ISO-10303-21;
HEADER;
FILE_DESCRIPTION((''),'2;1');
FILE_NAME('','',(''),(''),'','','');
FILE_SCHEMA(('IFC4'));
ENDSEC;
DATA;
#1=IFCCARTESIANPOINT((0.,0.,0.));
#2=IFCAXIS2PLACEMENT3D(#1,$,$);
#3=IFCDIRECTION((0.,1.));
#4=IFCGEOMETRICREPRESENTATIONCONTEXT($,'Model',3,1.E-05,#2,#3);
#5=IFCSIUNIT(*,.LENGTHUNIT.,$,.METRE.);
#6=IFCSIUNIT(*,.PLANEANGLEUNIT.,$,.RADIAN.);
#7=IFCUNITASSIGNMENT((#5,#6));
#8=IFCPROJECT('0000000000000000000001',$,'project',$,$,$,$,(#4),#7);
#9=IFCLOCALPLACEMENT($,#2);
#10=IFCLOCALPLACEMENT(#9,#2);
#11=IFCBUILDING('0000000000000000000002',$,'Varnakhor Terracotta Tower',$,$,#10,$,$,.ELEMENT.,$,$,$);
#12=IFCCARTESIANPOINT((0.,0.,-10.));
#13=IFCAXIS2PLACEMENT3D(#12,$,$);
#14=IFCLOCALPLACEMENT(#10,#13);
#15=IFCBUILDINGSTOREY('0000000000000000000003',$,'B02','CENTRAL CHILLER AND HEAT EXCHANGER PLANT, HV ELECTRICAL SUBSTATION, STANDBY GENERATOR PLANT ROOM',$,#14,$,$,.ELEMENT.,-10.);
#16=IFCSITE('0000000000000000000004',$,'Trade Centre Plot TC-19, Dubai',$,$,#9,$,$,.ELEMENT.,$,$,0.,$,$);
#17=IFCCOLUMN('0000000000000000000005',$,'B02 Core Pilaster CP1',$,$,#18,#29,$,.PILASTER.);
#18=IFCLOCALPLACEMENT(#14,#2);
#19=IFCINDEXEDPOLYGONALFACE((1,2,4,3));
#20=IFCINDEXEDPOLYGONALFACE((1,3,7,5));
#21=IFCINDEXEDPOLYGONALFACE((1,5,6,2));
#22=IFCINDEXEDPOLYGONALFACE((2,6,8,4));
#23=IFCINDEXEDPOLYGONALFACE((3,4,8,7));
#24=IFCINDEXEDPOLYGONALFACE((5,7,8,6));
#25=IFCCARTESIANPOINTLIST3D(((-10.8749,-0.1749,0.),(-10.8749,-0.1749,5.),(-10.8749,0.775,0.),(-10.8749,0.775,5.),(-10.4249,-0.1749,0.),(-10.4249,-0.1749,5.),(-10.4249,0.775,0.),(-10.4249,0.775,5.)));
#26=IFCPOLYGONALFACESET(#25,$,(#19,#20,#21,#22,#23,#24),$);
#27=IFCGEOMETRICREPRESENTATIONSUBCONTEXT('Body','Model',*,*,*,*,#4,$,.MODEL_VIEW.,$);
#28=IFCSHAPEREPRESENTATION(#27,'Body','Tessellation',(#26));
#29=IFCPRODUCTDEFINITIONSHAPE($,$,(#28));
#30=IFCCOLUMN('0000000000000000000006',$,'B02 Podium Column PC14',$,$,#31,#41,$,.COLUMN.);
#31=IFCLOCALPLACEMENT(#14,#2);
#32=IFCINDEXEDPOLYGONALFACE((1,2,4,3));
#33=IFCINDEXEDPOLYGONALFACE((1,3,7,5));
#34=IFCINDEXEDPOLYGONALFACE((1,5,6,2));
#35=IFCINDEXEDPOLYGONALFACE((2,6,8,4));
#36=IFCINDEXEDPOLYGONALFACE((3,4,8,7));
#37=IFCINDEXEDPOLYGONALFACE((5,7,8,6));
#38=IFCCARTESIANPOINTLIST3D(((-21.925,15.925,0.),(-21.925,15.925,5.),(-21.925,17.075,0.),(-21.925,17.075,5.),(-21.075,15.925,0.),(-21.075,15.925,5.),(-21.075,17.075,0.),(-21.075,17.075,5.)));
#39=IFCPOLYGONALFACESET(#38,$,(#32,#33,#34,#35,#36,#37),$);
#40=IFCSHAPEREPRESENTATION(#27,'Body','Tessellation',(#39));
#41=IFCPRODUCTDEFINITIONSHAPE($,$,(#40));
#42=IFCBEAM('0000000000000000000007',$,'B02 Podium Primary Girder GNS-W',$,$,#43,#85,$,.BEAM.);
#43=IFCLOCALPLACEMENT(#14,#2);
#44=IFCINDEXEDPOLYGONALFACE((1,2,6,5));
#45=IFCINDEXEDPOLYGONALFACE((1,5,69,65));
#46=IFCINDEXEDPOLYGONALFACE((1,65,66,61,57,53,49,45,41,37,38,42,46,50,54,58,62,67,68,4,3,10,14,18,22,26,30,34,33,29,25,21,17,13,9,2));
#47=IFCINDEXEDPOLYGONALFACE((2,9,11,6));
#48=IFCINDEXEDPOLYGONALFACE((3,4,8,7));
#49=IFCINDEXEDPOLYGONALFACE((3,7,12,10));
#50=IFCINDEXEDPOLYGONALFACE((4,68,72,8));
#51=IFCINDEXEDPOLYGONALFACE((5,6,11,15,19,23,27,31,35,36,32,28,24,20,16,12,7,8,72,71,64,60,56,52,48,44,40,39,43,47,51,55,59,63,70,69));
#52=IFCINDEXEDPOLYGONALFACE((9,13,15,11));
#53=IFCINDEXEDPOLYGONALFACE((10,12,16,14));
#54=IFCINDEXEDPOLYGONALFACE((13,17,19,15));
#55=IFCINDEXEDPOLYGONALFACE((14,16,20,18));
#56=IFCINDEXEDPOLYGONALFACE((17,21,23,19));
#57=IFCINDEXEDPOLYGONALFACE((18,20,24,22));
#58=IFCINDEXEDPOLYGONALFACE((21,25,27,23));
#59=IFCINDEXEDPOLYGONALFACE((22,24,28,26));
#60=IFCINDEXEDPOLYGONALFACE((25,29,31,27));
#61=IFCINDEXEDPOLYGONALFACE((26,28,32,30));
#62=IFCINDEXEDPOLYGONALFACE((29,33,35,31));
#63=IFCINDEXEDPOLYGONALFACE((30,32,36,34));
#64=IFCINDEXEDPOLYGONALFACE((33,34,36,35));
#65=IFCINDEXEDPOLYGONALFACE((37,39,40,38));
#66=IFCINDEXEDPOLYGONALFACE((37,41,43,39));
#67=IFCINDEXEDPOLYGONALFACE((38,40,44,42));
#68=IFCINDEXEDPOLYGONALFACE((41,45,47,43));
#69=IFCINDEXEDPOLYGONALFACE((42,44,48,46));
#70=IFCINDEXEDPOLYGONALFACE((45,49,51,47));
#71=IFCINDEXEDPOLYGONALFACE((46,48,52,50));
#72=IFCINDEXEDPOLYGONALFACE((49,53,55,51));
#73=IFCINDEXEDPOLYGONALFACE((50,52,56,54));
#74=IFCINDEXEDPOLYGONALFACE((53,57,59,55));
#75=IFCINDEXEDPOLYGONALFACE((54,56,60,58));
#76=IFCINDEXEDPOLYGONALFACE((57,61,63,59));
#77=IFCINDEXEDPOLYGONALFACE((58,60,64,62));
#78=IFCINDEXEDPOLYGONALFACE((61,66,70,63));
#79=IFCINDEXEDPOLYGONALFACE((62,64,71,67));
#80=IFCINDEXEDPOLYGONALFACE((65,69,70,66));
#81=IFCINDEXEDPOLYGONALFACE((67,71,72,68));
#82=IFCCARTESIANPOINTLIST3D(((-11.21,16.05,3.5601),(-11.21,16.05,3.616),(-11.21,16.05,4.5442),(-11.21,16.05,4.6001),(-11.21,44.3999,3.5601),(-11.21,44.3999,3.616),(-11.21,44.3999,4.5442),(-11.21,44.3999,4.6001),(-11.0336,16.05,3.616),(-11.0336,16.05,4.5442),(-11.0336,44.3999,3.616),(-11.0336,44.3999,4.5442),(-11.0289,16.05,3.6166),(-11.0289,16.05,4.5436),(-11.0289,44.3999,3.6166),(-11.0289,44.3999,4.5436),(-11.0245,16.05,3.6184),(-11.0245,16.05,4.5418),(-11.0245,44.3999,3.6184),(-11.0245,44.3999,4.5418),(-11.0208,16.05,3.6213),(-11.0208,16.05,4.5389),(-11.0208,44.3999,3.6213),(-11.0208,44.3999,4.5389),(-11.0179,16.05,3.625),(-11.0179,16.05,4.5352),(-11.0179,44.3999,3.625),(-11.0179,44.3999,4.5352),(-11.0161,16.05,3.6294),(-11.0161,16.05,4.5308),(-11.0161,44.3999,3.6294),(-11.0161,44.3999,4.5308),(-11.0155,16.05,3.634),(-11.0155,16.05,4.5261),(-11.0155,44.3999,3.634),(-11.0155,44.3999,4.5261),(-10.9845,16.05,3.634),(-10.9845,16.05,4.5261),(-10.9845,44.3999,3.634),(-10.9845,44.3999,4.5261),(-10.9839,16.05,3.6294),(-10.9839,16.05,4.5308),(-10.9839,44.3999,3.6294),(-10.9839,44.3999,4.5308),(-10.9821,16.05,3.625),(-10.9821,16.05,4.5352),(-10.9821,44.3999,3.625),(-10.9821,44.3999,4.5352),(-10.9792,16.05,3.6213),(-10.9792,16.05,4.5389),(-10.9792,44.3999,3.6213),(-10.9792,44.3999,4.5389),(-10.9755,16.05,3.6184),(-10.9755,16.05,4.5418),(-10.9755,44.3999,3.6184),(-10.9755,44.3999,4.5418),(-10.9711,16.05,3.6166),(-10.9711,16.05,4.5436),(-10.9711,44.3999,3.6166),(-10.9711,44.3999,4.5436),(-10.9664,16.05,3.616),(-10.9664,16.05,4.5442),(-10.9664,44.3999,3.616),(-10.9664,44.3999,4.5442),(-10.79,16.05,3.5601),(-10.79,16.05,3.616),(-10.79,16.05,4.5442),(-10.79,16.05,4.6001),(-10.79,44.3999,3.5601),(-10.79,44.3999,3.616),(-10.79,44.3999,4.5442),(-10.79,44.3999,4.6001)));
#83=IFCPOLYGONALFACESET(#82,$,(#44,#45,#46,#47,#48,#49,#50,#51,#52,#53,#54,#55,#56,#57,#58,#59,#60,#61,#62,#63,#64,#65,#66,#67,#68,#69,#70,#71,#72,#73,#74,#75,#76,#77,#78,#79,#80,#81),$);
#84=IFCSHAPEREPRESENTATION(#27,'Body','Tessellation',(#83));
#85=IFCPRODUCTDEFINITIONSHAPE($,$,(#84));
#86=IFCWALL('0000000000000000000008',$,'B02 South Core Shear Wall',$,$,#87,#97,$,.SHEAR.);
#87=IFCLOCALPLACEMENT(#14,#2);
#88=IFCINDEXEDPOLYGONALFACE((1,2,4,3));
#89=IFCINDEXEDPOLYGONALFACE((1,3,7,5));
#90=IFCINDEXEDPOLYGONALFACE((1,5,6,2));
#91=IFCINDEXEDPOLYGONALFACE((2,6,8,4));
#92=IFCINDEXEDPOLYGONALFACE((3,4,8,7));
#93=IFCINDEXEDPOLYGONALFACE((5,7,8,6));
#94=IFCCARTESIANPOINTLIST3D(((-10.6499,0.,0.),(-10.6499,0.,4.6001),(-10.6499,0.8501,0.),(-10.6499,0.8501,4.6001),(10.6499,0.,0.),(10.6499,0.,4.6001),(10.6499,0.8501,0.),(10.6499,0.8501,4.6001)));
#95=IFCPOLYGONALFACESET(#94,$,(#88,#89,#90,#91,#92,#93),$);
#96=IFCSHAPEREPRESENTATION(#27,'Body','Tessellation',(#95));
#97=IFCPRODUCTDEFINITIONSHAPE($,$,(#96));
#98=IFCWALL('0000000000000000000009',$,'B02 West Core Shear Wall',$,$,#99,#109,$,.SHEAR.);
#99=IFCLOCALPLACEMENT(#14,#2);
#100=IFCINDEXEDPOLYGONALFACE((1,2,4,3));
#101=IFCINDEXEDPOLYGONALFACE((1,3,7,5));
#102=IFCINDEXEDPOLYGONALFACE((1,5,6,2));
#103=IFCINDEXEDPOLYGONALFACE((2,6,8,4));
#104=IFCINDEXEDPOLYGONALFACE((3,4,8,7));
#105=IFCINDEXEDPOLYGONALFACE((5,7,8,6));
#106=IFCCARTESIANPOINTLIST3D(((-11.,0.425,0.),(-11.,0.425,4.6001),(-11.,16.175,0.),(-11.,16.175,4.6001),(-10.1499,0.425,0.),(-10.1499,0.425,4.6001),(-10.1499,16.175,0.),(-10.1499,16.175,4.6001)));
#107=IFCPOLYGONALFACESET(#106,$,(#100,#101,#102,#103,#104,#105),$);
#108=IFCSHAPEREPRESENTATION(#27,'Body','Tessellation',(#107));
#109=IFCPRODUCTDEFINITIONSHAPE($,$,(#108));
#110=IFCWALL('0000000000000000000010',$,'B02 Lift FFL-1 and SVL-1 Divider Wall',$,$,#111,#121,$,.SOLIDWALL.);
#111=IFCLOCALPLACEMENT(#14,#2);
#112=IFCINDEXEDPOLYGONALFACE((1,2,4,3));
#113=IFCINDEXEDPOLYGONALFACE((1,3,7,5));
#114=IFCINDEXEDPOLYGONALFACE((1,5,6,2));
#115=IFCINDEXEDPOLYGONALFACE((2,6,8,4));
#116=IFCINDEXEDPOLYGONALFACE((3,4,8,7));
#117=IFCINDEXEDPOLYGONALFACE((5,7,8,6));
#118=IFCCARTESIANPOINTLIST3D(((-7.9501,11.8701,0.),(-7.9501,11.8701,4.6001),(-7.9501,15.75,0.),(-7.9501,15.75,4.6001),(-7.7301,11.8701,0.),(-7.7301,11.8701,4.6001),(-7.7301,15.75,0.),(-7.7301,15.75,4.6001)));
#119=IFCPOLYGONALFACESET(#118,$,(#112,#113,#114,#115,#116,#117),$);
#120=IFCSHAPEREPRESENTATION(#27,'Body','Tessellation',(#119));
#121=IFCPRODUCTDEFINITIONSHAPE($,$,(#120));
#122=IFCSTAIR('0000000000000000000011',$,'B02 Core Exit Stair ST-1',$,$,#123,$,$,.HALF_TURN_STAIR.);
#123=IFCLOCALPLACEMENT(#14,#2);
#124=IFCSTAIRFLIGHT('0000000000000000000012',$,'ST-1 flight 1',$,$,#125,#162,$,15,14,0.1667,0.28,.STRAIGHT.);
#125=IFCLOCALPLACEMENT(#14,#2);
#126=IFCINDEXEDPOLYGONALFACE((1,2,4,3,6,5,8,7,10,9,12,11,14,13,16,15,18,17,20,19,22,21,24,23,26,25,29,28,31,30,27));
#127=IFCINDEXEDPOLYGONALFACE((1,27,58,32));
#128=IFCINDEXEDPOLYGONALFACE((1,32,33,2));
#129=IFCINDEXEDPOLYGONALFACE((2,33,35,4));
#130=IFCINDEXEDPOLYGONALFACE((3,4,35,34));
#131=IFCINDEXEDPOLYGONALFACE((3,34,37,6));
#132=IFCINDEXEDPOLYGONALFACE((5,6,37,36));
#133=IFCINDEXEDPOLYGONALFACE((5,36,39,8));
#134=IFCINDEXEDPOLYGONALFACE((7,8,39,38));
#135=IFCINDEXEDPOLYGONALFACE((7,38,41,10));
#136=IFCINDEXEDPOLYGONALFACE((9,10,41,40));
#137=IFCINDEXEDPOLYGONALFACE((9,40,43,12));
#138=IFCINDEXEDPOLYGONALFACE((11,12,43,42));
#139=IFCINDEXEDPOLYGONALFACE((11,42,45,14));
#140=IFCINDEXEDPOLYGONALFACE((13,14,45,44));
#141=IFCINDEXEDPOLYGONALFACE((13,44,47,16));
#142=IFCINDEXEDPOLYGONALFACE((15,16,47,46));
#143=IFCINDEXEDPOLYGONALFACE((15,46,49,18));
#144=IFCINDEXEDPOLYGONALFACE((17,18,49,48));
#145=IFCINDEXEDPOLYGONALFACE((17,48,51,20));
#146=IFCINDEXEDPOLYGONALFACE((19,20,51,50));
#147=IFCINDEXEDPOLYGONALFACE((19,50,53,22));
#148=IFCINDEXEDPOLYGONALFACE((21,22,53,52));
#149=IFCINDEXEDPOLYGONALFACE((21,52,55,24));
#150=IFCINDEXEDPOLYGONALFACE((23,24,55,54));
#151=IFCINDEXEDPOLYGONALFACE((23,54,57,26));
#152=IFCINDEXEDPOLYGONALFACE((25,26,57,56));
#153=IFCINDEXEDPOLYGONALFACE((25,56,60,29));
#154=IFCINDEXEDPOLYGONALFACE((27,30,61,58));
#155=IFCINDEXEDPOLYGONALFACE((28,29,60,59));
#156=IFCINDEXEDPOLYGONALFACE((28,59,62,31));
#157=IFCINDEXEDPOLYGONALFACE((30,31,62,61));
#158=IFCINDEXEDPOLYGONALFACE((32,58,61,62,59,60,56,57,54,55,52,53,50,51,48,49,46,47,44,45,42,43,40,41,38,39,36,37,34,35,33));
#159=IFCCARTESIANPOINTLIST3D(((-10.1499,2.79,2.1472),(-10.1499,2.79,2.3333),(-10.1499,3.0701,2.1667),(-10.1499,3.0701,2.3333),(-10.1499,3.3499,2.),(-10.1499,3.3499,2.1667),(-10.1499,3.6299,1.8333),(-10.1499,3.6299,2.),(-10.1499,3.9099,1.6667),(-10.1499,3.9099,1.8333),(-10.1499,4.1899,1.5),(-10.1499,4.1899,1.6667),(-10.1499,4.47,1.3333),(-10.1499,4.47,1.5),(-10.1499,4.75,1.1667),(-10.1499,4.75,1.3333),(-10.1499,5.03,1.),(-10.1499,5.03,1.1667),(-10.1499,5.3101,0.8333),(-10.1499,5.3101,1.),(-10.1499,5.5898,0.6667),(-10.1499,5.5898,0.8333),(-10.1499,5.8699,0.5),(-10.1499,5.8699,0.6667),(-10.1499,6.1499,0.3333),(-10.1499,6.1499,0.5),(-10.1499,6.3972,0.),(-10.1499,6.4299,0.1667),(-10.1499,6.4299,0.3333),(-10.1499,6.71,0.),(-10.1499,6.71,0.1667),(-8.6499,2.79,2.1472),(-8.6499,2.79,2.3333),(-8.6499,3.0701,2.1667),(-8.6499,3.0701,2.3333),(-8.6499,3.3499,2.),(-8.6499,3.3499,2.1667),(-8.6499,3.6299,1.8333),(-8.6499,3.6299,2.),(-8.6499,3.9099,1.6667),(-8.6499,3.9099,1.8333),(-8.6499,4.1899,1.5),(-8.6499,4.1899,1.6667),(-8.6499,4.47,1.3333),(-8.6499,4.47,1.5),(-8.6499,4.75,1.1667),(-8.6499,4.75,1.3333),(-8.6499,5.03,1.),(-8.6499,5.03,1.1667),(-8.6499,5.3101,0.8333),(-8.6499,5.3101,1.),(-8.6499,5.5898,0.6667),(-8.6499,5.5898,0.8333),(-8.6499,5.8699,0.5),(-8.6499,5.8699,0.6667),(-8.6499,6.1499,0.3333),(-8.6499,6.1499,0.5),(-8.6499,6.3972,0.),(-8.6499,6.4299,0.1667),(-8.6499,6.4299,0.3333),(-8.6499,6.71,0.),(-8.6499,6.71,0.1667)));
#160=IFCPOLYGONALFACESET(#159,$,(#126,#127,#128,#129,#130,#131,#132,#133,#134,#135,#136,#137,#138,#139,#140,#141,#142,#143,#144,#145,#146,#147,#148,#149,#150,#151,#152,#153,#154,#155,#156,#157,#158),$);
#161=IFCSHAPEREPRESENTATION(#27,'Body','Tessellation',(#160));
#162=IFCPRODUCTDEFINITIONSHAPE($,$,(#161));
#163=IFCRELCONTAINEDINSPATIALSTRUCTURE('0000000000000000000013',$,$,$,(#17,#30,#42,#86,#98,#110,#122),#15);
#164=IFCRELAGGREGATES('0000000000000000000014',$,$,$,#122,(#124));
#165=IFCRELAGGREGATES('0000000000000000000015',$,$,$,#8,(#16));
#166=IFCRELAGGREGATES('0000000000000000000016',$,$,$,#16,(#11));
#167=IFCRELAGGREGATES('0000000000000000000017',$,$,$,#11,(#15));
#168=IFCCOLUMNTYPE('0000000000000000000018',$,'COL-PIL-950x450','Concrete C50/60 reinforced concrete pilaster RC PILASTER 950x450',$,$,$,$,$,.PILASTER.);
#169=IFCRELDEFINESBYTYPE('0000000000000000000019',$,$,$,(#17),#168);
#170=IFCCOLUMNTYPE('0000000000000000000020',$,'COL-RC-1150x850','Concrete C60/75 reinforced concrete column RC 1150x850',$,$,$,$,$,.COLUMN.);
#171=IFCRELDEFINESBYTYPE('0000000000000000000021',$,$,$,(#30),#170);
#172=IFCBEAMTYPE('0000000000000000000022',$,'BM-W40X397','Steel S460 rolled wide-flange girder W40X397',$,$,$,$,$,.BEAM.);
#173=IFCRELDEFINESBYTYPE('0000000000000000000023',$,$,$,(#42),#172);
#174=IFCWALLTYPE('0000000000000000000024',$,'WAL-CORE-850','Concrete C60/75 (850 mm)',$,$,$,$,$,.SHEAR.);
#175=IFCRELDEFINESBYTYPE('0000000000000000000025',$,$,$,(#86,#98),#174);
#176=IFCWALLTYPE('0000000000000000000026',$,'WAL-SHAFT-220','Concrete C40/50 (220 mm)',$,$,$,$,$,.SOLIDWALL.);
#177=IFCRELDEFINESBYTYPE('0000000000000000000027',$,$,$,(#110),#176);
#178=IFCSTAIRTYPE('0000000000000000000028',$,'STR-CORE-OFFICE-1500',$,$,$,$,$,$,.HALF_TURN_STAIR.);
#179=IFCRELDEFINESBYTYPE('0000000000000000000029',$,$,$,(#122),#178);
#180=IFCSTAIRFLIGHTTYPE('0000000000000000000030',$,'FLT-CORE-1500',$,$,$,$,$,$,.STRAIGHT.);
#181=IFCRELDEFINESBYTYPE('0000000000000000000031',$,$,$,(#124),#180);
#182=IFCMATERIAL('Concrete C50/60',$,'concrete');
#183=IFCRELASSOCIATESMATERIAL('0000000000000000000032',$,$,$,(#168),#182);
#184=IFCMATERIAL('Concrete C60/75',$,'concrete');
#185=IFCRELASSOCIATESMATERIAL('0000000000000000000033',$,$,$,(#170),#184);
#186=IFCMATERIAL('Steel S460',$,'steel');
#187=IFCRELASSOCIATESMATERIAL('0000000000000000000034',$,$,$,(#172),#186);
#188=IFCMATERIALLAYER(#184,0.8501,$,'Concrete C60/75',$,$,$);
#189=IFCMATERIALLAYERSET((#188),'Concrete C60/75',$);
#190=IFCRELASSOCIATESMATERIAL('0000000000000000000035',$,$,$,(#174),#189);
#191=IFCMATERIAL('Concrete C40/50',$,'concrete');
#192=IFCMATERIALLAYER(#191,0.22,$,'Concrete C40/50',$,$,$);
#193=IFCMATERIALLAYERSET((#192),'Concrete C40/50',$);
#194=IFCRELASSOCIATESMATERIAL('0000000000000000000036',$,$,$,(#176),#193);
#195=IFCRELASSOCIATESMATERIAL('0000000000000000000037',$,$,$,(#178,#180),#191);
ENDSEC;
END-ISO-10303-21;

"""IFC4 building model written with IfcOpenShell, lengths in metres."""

from ifc_helpers import new_model, si_unit, direction, frame, frame_2d, origin, origin_2d, place, context, subcontext, project, spatial, polyline, rectangle, i_section, outline, extrude, source, transform, mapped, material, layer, layer_set, material_profile, profile_set, type_object, type_shapes, element, aggregate, save


model = new_model("IFC4")

# Units and contexts
model_context = context("Model", 3, precision=1e-05, world=origin(), true_north=direction((0.0, 1.0)))
body_context = subcontext(model_context, "Body", "Model", "MODEL_VIEW")
ifc_project = project(units=[si_unit("LENGTHUNIT", "METRE"), si_unit("PLANEANGLEUNIT", "RADIAN")], contexts=[model_context])

# Site, building, storey
site_placement = place(None, origin())
site = spatial("IfcSite", under=ifc_project, at=site_placement, Name="Trade Centre Plot TC-19, Dubai", CompositionType="ELEMENT", RefElevation=0.0)
building_placement = place(site_placement, origin())
building = spatial("IfcBuilding", under=site, at=building_placement, Name="Varnakhor Terracotta Tower", CompositionType="ELEMENT")
storey_placement = place(building_placement, frame((0.0, 0.0, -10.0)))
storey = spatial("IfcBuildingStorey", under=building, at=storey_placement, Name="B02", Description="CENTRAL CHILLER AND HEAT EXCHANGER PLANT, HV ELECTRICAL SUBSTATION, STANDBY GENERATOR PLANT ROOM", CompositionType="ELEMENT", Elevation=-10.0)

# Shared definitions
ifc_material_1 = material(Name="Concrete C40/50", Category="concrete")

# Columns
ifc_material_2 = material(Name="Concrete C50/60", Category="concrete")
ifc_material_profile_1 = material_profile(ifc_material_2, rectangle(XDim=0.45, YDim=0.95, at=origin_2d()), Name="RC PILASTER 950x450")
ifc_profile_set_1 = profile_set([ifc_material_profile_1], Name="Concrete C50/60")
column_type_1 = type_object("IfcColumnType", Name="COL-PIL-950x450", Description="Concrete C50/60 reinforced concrete pilaster RC PILASTER 950x450", PredefinedType="PILASTER", material=ifc_profile_set_1)
shared_shape_1 = source(origin(), body_context, "Body", "SweptSolid", [
    extrude(rectangle(XDim=0.45, YDim=0.95, at=origin_2d()), origin(), (0.0, 0.0, 1.0), 5.0),
])
type_shapes(column_type_1, [shared_shape_1])
column_1_placement = place(storey_placement, frame((-10.6499, 0.3, 0.0), z_axis=(0.0, 0.0, 1.0), x_axis=(1.0, 0.0, 0.0)))
element("IfcColumn", 1, at=column_1_placement, inside=storey, type_object=column_type_1, Name="B02 Core Pilaster CP1", PredefinedType="PILASTER", context=body_context, shape_type="MappedRepresentation", body=[
    mapped(shared_shape_1, transform((0.0, 0.0, 0.0), scale=1.0)),
])
ifc_material_3 = material(Name="Concrete C60/75", Category="concrete")
ifc_material_profile_2 = material_profile(ifc_material_3, rectangle(XDim=0.8501, YDim=1.1499, at=origin_2d()), Name="RC 1150x850")
ifc_profile_set_2 = profile_set([ifc_material_profile_2], Name="Concrete C60/75")
column_type_2 = type_object("IfcColumnType", Name="COL-RC-1150x850", Description="Concrete C60/75 reinforced concrete column RC 1150x850", PredefinedType="COLUMN", material=ifc_profile_set_2)
shared_shape_2 = source(origin(), body_context, "Body", "SweptSolid", [
    extrude(rectangle(XDim=0.8501, YDim=1.1499, at=origin_2d()), origin(), (0.0, 0.0, 1.0), 5.0),
])
type_shapes(column_type_2, [shared_shape_2])
column_2_placement = place(storey_placement, frame((-21.5, 16.5, 0.0), z_axis=(0.0, 0.0, 1.0), x_axis=(1.0, 0.0, 0.0)))
element("IfcColumn", 2, at=column_2_placement, inside=storey, type_object=column_type_2, Name="B02 Podium Column PC14", PredefinedType="COLUMN", context=body_context, shape_type="MappedRepresentation", body=[
    mapped(shared_shape_2, transform((0.0, 0.0, 0.0), scale=1.0)),
])

# Beam
ifc_material_4 = material(Name="Steel S460", Category="steel")
ifc_material_profile_3 = material_profile(ifc_material_4, i_section(OverallWidth=0.4199, OverallDepth=1.04, WebThickness=0.031, FlangeThickness=0.0559, FilletRadius=0.0181, at=origin_2d()), Name="W40X397")
ifc_profile_set_3 = profile_set([ifc_material_profile_3], Name="Steel S460")
beam_type = type_object("IfcBeamType", Name="BM-W40X397", Description="Steel S460 rolled wide-flange girder W40X397", PredefinedType="BEAM", material=ifc_profile_set_3)
shared_shape_3 = source(origin(), body_context, "Body", "SweptSolid", [
    extrude(i_section(OverallWidth=0.4199, OverallDepth=1.04, WebThickness=0.031, FlangeThickness=0.0559, FilletRadius=0.0181, at=origin_2d()), origin(), (0.0, 0.0, 1.0), 28.3499),
])
beam_placement = place(storey_placement, frame((-11.0, 16.05, 4.0801), z_axis=(0.0, 1.0, 0.0), x_axis=(-1.0, 0.0, 0.0)))
element("IfcBeam", 3, at=beam_placement, inside=storey, type_object=beam_type, Name="B02 Podium Primary Girder GNS-W", PredefinedType="BEAM", context=body_context, shape_type="MappedRepresentation", body=[
    mapped(shared_shape_3, transform((0.0, 0.0, 0.0), scale=1.0)),
])

# Wall
ifc_layer_1 = layer(ifc_material_3, 0.8501, Name="Concrete C60/75")
ifc_layer_set_1 = layer_set([ifc_layer_1], Name="Concrete C60/75")
wall_type_1 = type_object("IfcWallType", Name="WAL-CORE-850", Description="Concrete C60/75 (850 mm)", PredefinedType="SHEAR", material=ifc_layer_set_1)
wall_1_placement = place(storey_placement, frame((-10.6499, 0.425, 0.0), z_axis=(0.0, 0.0, 1.0), x_axis=(1.0, 0.0, 0.0)))
element("IfcWall", 4, at=wall_1_placement, inside=storey, type_object=wall_type_1, Name="B02 South Core Shear Wall", PredefinedType="SHEAR", context=body_context, shape_type="SweptSolid", body=[
    extrude(rectangle(XDim=21.2998, YDim=0.8501, at=frame_2d((10.6499, 0.0))), origin(), (0.0, 0.0, 1.0), 4.6001),
])

# Walls
wall_2_placement = place(storey_placement, frame((-10.575, 0.425, 0.0), z_axis=(0.0, 0.0, 1.0), x_axis=(0.0, 1.0, 0.0)))
element("IfcWall", 5, at=wall_2_placement, inside=storey, type_object=wall_type_1, Name="B02 West Core Shear Wall", PredefinedType="SHEAR", context=body_context, shape_type="SweptSolid", body=[
    extrude(rectangle(XDim=15.75, YDim=0.8501, at=frame_2d((7.875, 0.0))), origin(), (0.0, 0.0, 1.0), 4.6001),
])
ifc_layer_2 = layer(ifc_material_1, 0.22, Name="Concrete C40/50")
ifc_layer_set_2 = layer_set([ifc_layer_2], Name="Concrete C40/50")
wall_type_2 = type_object("IfcWallType", Name="WAL-SHAFT-220", Description="Concrete C40/50 (220 mm)", PredefinedType="SOLIDWALL", material=ifc_layer_set_2)
wall_3_placement = place(storey_placement, frame((-7.8401, 11.8701, 0.0), z_axis=(0.0, 0.0, 1.0), x_axis=(0.0, 1.0, 0.0)))
element("IfcWall", 6, at=wall_3_placement, inside=storey, type_object=wall_type_2, Name="B02 Lift FFL-1 and SVL-1 Divider Wall", PredefinedType="SOLIDWALL", context=body_context, shape_type="SweptSolid", body=[
    extrude(rectangle(XDim=3.8799, YDim=0.22, at=frame_2d((1.9399, 0.0))), origin(), (0.0, 0.0, 1.0), 4.6001),
])

# Stair, stair flight
stair_type = type_object("IfcStairType", Name="STR-CORE-OFFICE-1500", PredefinedType="HALF_TURN_STAIR", material=ifc_material_1)
stair_placement = place(storey_placement, origin())
stair = element("IfcStair", 7, at=stair_placement, inside=storey, type_object=stair_type, Name="B02 Core Exit Stair ST-1", PredefinedType="HALF_TURN_STAIR")
stair_flight_type = type_object("IfcStairFlightType", Name="FLT-CORE-1500", PredefinedType="STRAIGHT", material=ifc_material_1)
stair_flight_1_placement = place(storey_placement, frame((-9.3999, 6.71, 0.0), z_axis=(0.0, 0.0, 1.0), x_axis=(0.0, -1.0, 0.0)))
stair_flight_1 = element("IfcStairFlight", 8, at=stair_flight_1_placement, type_object=stair_flight_type, Name="ST-1 flight 1", NumberOfRisers=15, NumberOfTreads=14, PredefinedType="STRAIGHT", RiserHeight=0.1667, TreadLength=0.28, context=body_context, shape_type="SweptSolid", body=[
    extrude(outline(polyline([(0.0, 0.0), (0.0, 0.1667), (0.28, 0.1667), (0.28, 0.3333), (0.5601, 0.3333), (0.5601, 0.5), (0.8401, 0.5), (0.8401, 0.6667), (1.1201, 0.6667), (1.1201, 0.8333), (1.3999, 0.8333), (1.3999, 1.0), (1.6799, 1.0), (1.6799, 1.1667), (1.96, 1.1667), (1.96, 1.3333), (2.24, 1.3333), (2.24, 1.5), (2.52, 1.5), (2.52, 1.6667), (2.8, 1.6667), (2.8, 1.8333), (3.0801, 1.8333), (3.0801, 2.0), (3.3601, 2.0), (3.3601, 2.1667), (3.6399, 2.1667), (3.6399, 2.3333), (3.9199, 2.3333), (3.9199, 2.5), (3.9199, 2.1472), (0.3127, 0.0), (0.0, 0.0)])), frame((0.0, 0.75, 0.0), z_axis=(0.0, -1.0, 0.0), x_axis=(1.0, 0.0, 0.0)), (0.0, 0.0, 1.0), 1.5),
])
aggregate(stair, [stair_flight_1])

save(model, "model.ifc")
